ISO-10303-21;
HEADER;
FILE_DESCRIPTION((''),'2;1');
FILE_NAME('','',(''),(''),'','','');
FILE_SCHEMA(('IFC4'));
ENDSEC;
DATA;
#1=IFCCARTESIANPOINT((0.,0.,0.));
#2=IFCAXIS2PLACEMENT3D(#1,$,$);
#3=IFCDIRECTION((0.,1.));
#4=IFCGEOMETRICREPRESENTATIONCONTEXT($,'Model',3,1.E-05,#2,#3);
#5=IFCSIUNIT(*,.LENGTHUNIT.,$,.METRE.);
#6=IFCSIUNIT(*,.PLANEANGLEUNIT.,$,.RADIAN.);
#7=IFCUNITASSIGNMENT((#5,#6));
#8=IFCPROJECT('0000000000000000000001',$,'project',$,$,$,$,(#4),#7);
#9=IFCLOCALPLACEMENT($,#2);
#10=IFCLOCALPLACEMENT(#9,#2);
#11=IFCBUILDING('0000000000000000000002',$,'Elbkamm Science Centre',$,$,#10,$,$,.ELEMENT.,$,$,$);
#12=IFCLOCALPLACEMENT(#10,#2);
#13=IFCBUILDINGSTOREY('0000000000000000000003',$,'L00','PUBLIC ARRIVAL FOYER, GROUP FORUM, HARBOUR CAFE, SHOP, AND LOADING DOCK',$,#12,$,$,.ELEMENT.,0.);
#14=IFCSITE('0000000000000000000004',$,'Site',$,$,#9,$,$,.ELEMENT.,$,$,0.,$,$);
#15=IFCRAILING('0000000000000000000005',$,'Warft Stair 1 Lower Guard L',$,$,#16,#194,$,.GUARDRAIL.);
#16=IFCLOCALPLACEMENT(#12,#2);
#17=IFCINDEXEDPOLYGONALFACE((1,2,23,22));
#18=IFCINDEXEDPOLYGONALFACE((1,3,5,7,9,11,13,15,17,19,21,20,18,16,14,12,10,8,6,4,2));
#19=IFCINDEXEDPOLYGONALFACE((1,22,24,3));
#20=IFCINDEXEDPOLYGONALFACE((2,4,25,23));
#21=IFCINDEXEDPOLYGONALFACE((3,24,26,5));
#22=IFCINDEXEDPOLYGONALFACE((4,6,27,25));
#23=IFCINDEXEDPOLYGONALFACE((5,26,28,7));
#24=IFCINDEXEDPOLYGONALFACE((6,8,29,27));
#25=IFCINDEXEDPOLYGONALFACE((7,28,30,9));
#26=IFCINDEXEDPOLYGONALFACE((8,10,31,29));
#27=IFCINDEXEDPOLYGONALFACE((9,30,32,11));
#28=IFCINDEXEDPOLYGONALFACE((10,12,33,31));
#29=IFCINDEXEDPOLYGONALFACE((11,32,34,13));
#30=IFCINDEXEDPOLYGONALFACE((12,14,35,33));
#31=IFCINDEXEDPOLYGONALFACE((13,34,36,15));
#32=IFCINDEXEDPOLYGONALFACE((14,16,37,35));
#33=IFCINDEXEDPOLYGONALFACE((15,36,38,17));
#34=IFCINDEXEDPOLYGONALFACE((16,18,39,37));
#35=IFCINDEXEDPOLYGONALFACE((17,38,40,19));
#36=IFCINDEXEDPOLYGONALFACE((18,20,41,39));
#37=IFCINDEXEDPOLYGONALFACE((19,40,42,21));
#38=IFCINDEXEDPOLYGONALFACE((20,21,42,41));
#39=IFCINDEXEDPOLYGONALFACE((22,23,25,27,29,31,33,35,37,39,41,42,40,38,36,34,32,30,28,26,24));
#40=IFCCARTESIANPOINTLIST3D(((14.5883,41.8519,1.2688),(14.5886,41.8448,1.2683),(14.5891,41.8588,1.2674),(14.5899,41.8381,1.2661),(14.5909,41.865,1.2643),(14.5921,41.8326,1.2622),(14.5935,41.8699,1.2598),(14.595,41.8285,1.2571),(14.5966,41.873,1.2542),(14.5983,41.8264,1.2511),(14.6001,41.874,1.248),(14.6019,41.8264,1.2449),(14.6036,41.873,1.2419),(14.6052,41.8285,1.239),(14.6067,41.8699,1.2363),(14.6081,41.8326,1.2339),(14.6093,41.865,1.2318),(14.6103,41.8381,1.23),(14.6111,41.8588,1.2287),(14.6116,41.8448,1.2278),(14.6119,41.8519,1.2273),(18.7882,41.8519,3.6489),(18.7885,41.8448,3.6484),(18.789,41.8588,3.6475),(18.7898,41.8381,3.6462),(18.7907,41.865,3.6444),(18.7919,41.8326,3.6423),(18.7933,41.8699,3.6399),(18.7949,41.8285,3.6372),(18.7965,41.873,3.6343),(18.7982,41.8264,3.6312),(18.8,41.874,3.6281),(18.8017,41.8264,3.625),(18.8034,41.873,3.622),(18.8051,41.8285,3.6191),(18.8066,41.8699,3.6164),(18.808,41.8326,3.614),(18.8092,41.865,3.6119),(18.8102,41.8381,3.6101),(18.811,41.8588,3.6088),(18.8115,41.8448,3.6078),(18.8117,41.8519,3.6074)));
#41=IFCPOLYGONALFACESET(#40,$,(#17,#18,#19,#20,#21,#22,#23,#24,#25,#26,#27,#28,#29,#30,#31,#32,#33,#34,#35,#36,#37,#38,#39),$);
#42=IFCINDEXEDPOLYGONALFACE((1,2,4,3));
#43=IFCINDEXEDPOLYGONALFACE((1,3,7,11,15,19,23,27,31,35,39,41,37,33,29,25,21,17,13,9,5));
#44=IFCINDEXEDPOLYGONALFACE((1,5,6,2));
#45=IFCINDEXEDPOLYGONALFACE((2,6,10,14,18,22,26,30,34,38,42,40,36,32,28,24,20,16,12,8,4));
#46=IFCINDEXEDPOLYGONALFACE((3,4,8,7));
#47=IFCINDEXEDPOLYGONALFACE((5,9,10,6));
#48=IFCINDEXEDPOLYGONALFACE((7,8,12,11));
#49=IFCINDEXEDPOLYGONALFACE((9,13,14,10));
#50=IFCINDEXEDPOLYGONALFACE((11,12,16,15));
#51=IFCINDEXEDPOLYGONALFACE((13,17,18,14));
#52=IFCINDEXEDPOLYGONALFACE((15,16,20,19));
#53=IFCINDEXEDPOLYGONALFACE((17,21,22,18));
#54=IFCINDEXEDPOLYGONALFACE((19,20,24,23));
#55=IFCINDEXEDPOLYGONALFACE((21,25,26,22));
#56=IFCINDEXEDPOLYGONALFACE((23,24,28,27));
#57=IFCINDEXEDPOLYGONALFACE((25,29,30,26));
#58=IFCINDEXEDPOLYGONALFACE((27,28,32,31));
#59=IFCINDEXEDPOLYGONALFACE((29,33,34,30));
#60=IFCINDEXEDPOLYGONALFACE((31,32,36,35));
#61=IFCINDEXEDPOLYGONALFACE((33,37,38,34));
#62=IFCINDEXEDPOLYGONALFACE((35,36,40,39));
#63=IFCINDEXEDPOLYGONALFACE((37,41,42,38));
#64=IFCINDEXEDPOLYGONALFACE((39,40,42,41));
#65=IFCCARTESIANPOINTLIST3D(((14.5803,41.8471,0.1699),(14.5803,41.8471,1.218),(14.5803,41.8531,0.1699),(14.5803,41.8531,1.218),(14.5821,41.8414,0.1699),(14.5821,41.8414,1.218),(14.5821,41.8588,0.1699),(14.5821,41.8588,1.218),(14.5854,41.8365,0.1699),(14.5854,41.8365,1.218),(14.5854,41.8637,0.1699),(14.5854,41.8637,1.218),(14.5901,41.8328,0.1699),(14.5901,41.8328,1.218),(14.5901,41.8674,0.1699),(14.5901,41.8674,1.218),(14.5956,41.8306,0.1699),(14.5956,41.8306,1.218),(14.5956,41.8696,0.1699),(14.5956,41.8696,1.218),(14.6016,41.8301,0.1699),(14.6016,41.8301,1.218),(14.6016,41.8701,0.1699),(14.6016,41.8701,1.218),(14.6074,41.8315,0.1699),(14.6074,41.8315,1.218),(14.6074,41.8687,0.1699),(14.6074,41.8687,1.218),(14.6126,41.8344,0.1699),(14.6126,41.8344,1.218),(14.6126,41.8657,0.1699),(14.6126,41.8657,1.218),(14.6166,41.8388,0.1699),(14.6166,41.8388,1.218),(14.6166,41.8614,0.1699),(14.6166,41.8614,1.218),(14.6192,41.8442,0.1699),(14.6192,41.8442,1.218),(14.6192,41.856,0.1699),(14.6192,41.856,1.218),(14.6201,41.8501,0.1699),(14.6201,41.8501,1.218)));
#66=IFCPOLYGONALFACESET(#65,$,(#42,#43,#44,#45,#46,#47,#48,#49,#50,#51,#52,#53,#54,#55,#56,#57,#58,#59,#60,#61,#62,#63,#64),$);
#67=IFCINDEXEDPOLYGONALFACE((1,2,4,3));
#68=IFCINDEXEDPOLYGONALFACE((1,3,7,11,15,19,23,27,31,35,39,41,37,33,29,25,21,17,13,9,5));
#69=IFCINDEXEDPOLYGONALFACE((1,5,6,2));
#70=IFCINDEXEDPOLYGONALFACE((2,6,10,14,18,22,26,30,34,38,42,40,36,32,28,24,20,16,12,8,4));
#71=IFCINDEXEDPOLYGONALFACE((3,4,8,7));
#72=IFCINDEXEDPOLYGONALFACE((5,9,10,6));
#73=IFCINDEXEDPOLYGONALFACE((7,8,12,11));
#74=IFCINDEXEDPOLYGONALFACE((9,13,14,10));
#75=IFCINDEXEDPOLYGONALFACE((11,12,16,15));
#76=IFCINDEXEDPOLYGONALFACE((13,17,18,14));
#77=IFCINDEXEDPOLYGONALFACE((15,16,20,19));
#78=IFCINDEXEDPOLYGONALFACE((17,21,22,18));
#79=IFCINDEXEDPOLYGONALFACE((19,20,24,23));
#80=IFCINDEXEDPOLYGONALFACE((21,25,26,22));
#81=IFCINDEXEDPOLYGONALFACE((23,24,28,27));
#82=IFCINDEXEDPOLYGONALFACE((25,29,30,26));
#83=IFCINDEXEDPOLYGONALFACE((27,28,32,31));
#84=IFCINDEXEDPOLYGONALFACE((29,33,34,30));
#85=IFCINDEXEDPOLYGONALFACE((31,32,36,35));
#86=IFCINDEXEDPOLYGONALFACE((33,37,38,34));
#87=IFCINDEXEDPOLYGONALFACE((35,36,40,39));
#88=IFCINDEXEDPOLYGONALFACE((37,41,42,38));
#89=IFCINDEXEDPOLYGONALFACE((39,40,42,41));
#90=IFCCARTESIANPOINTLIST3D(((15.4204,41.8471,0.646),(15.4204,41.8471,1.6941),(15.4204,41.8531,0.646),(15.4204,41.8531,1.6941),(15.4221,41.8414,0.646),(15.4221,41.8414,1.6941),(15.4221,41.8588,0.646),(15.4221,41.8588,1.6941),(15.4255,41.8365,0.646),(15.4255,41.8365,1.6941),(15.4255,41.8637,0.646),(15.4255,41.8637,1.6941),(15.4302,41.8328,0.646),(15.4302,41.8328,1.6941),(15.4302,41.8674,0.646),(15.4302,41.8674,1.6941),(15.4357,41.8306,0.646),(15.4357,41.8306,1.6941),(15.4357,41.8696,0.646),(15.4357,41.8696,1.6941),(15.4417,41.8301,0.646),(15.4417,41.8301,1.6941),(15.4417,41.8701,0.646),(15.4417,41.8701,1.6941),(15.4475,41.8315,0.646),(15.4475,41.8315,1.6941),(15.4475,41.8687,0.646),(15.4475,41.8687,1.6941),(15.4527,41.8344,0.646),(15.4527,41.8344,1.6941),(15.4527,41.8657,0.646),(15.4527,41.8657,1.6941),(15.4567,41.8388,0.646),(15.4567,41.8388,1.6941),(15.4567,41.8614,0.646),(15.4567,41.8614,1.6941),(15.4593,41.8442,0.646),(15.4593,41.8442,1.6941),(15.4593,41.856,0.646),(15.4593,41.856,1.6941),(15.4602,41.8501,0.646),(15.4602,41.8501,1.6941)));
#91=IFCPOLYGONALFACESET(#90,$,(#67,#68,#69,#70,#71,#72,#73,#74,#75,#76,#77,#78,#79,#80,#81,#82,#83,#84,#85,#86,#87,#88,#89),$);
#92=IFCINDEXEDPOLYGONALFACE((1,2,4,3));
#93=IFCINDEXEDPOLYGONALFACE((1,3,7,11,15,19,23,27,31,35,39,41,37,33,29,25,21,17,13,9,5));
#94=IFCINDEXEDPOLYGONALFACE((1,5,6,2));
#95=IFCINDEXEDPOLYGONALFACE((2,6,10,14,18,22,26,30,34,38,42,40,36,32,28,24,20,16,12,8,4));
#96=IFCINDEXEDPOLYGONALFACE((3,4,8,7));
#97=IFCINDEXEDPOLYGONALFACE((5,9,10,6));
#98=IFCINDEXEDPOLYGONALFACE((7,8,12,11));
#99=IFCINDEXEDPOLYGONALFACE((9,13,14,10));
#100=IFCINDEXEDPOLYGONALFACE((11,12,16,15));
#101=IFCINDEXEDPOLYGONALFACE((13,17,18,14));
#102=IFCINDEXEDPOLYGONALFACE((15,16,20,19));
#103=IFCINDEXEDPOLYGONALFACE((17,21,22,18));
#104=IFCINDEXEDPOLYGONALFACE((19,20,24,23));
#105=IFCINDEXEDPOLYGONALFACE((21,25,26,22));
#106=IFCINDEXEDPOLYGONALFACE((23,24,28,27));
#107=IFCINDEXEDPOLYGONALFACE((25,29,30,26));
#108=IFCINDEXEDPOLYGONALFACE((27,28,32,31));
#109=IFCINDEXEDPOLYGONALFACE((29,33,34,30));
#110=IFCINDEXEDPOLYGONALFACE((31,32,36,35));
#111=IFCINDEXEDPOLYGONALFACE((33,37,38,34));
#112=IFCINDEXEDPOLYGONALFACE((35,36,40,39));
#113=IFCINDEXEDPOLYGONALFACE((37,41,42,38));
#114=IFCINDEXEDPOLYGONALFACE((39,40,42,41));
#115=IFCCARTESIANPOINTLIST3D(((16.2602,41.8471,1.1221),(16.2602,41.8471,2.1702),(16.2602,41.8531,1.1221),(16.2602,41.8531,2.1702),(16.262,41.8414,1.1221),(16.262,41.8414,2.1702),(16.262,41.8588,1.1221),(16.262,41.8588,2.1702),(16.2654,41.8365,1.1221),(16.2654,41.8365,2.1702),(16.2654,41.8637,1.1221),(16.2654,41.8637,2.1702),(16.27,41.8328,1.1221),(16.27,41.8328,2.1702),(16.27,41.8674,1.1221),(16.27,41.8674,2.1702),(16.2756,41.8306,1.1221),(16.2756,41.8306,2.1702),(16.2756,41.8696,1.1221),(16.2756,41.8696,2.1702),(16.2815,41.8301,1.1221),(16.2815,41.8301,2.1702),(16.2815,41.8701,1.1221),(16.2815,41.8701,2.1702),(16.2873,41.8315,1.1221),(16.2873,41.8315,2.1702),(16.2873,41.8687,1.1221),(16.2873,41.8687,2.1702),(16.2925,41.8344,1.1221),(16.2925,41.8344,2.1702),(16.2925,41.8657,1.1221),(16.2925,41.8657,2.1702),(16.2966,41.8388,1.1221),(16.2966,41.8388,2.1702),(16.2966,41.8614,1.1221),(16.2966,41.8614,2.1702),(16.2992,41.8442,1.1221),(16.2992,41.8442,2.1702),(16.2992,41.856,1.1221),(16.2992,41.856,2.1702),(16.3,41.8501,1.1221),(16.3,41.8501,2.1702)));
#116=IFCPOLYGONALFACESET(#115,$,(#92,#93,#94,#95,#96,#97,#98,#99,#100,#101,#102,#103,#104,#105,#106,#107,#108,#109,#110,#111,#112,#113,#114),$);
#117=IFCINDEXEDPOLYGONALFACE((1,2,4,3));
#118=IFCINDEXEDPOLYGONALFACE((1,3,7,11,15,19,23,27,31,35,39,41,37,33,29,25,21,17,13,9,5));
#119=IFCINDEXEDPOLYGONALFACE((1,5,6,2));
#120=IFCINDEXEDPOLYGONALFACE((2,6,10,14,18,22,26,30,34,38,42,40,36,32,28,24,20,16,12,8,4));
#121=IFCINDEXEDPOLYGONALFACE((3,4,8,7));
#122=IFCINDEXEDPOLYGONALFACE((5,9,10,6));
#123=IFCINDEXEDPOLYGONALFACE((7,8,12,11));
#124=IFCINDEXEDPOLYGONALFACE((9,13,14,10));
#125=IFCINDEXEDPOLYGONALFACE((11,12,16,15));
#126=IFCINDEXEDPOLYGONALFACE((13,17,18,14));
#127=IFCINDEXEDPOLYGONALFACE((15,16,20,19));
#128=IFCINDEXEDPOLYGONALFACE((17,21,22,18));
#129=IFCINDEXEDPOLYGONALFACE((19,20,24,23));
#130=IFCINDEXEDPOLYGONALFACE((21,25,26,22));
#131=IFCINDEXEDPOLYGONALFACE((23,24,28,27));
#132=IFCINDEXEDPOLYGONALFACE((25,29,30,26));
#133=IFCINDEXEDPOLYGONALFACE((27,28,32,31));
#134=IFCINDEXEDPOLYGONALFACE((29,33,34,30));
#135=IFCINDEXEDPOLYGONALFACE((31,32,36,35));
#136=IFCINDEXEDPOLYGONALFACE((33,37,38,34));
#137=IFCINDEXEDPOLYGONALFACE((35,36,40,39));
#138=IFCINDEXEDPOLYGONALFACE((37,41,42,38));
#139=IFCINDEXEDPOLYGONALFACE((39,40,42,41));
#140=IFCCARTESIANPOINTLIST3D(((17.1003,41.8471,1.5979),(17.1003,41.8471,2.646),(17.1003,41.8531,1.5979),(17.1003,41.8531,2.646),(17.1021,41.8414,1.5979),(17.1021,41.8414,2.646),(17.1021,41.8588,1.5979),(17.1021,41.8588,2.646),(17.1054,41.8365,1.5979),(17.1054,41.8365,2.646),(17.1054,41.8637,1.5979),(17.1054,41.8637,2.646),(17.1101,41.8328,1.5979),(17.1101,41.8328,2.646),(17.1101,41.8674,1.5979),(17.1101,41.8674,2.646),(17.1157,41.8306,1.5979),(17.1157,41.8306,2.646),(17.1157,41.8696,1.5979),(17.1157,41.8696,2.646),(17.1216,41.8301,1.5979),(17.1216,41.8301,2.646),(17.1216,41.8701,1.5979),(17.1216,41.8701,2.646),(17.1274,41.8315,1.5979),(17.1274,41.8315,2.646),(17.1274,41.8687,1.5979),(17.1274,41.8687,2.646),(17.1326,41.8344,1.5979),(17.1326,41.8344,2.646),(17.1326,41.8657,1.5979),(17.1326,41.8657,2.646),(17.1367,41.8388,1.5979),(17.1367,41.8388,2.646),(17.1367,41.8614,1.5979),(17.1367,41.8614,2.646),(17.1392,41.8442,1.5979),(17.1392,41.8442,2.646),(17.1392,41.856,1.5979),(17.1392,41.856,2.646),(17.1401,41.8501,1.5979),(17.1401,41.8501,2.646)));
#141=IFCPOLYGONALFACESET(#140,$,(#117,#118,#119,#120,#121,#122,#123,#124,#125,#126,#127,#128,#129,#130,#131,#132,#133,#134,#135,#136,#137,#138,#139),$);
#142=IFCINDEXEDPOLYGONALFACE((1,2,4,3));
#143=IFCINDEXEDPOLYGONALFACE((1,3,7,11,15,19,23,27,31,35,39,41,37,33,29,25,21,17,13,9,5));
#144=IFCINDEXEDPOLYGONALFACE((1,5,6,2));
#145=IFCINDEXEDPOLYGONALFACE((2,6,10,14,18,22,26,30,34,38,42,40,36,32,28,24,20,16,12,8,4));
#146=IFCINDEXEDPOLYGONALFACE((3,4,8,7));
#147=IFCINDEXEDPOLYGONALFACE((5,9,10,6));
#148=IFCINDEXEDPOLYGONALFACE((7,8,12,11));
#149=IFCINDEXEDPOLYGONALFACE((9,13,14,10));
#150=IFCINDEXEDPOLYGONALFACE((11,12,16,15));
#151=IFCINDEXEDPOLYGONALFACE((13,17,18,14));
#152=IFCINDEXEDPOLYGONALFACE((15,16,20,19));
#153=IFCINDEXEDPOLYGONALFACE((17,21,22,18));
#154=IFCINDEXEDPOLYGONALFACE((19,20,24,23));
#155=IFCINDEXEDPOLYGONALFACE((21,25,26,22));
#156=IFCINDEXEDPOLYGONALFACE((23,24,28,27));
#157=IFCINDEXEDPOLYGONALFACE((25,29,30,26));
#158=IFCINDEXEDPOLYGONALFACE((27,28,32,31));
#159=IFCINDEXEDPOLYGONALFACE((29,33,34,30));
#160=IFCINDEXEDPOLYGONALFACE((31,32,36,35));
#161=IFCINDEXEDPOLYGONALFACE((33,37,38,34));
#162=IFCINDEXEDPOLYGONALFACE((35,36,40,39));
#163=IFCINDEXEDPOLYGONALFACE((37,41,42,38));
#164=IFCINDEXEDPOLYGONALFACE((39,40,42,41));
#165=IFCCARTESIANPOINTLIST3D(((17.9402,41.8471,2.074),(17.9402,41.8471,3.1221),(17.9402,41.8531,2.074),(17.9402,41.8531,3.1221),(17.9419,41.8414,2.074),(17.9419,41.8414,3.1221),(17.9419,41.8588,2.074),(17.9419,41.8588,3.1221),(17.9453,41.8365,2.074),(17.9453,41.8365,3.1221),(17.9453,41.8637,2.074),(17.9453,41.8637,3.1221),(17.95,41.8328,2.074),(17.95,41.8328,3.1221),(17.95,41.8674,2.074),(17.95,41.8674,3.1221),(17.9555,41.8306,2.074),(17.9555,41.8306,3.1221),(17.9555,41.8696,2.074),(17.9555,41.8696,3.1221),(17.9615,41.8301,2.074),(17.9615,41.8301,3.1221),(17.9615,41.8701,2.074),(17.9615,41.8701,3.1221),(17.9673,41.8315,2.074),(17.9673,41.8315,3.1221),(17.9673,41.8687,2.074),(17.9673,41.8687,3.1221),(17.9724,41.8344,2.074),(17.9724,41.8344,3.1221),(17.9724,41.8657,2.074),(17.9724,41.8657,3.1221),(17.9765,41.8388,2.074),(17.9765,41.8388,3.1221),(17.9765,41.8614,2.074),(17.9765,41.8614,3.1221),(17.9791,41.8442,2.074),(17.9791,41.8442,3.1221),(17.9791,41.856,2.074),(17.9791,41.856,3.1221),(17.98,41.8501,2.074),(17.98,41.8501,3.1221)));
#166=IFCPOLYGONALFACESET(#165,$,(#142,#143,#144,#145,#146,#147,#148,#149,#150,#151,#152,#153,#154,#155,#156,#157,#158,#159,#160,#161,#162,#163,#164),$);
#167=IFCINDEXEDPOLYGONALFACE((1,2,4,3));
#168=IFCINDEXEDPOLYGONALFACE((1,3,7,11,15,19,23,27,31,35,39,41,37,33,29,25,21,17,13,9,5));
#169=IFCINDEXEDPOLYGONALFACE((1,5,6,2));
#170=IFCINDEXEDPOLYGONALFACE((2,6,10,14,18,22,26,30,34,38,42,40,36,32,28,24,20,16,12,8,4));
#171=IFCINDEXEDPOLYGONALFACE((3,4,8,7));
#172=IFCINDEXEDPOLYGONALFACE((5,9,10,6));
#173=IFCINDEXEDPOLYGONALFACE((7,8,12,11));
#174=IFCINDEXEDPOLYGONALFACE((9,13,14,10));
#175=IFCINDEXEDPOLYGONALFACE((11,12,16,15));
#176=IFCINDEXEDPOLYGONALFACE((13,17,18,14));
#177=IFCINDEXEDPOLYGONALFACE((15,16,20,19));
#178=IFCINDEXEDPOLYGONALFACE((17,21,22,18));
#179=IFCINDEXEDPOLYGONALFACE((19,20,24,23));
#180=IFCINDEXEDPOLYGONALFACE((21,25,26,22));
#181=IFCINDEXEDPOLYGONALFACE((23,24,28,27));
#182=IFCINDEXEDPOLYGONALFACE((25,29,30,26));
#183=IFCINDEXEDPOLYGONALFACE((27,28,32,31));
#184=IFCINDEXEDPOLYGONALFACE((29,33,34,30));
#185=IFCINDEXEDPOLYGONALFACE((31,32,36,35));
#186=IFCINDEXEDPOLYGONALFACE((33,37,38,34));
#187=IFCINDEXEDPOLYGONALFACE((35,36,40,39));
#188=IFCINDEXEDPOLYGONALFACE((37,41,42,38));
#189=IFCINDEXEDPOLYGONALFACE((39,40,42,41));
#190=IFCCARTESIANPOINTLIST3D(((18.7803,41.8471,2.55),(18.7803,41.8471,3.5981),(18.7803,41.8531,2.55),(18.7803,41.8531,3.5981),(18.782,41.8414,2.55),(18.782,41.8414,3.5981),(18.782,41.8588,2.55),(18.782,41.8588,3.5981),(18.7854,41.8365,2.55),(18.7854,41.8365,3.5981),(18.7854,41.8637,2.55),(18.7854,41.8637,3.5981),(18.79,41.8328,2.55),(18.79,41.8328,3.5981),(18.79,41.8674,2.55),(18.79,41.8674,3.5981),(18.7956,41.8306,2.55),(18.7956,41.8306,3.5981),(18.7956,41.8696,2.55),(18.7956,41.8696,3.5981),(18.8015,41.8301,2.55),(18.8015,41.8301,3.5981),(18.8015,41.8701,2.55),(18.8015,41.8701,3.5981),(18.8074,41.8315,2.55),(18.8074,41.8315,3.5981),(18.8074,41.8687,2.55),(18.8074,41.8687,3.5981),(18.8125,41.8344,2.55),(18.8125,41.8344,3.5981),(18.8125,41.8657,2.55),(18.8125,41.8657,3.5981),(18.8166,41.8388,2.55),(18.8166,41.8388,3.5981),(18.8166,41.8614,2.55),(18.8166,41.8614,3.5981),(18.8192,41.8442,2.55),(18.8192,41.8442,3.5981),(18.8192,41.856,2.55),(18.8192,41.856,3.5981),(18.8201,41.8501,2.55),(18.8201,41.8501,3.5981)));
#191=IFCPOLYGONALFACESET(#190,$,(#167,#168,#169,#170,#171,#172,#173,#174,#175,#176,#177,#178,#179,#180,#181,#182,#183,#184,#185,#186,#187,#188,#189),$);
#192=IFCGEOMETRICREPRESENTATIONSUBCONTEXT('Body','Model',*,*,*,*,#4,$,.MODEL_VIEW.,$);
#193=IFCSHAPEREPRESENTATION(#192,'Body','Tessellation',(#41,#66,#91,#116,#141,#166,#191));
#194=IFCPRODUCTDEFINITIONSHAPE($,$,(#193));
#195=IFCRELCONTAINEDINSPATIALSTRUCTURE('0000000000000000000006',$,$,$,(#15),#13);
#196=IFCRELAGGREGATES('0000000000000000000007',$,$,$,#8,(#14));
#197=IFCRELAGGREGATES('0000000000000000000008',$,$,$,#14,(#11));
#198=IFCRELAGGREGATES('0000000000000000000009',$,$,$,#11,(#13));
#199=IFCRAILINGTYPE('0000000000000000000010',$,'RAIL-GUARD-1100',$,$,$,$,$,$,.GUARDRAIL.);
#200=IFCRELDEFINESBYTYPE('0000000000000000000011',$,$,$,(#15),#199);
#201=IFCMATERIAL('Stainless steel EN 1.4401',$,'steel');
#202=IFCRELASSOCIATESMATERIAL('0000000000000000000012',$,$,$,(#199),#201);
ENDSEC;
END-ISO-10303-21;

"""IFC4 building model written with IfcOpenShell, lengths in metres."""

from ifc_helpers import new_model, si_unit, direction, frame, origin, origin_2d, place, context, subcontext, project, spatial, circle, extrude, material, type_object, element, save


model = new_model("IFC4")

# Units and contexts
model_context = context("Model", 3, precision=1e-05, world=origin(), true_north=direction((0.0, 1.0)))
body_context = subcontext(model_context, "Body", "Model", "MODEL_VIEW")
ifc_project = project(units=[si_unit("LENGTHUNIT", "METRE"), si_unit("PLANEANGLEUNIT", "RADIAN")], contexts=[model_context])

# Site, building, storey
site_placement = place(None, origin())
site = spatial("IfcSite", under=ifc_project, at=site_placement, Name="Site", CompositionType="ELEMENT", RefElevation=0.0)
building_placement = place(site_placement, origin())
building = spatial("IfcBuilding", under=site, at=building_placement, Name="Elbkamm Science Centre", CompositionType="ELEMENT")
storey_placement = place(building_placement, origin())
storey = spatial("IfcBuildingStorey", under=building, at=storey_placement, Name="L00", Description="PUBLIC ARRIVAL FOYER, GROUP FORUM, HARBOUR CAFE, SHOP, AND LOADING DOCK", CompositionType="ELEMENT", Elevation=0.0)

# Railing
ifc_material_1 = material(Name="Stainless steel EN 1.4401", Category="steel")
railing_type_1 = type_object("IfcRailingType", Name="RAIL-GUARD-1100", PredefinedType="GUARDRAIL", material=ifc_material_1)
for number, where, name in (
    (1, (14.6001, 41.8501, 0.1699), "Warft Stair 1 Lower Guard L"),
):
    element("IfcRailing", number, at=place(storey_placement, frame(where)), inside=storey, type_object=railing_type_1, Name=name, PredefinedType="GUARDRAIL", context=body_context, shape_type="SweptSolid", body=[
        extrude(circle(Radius=0.0239, at=origin_2d()), frame((0.0, 0.0, 1.0781), z_axis=(0.870008, 0.0, 0.493037), x_axis=(0.0, 1.0, 0.0)), (0.0, 0.0, 1.0), 4.8274),
        extrude(circle(Radius=0.02, at=origin_2d()), origin(), (0.0, 0.0, 1.0), 1.0481),
        extrude(circle(Radius=0.02, at=origin_2d()), frame((0.8401, 0.0, 0.4761)), (0.0, 0.0, 1.0), 1.0481),
        extrude(circle(Radius=0.02, at=origin_2d()), frame((1.6799, 0.0, 0.9521)), (0.0, 0.0, 1.0), 1.0481),
        extrude(circle(Radius=0.02, at=origin_2d()), frame((2.52, 0.0, 1.428)), (0.0, 0.0, 1.0), 1.0481),
        extrude(circle(Radius=0.02, at=origin_2d()), frame((3.3599, 0.0, 1.9041)), (0.0, 0.0, 1.0), 1.0481),
        extrude(circle(Radius=0.02, at=origin_2d()), frame((4.2, 0.0, 2.3801)), (0.0, 0.0, 1.0), 1.0481),
    ])

save(model, "model.ifc")
